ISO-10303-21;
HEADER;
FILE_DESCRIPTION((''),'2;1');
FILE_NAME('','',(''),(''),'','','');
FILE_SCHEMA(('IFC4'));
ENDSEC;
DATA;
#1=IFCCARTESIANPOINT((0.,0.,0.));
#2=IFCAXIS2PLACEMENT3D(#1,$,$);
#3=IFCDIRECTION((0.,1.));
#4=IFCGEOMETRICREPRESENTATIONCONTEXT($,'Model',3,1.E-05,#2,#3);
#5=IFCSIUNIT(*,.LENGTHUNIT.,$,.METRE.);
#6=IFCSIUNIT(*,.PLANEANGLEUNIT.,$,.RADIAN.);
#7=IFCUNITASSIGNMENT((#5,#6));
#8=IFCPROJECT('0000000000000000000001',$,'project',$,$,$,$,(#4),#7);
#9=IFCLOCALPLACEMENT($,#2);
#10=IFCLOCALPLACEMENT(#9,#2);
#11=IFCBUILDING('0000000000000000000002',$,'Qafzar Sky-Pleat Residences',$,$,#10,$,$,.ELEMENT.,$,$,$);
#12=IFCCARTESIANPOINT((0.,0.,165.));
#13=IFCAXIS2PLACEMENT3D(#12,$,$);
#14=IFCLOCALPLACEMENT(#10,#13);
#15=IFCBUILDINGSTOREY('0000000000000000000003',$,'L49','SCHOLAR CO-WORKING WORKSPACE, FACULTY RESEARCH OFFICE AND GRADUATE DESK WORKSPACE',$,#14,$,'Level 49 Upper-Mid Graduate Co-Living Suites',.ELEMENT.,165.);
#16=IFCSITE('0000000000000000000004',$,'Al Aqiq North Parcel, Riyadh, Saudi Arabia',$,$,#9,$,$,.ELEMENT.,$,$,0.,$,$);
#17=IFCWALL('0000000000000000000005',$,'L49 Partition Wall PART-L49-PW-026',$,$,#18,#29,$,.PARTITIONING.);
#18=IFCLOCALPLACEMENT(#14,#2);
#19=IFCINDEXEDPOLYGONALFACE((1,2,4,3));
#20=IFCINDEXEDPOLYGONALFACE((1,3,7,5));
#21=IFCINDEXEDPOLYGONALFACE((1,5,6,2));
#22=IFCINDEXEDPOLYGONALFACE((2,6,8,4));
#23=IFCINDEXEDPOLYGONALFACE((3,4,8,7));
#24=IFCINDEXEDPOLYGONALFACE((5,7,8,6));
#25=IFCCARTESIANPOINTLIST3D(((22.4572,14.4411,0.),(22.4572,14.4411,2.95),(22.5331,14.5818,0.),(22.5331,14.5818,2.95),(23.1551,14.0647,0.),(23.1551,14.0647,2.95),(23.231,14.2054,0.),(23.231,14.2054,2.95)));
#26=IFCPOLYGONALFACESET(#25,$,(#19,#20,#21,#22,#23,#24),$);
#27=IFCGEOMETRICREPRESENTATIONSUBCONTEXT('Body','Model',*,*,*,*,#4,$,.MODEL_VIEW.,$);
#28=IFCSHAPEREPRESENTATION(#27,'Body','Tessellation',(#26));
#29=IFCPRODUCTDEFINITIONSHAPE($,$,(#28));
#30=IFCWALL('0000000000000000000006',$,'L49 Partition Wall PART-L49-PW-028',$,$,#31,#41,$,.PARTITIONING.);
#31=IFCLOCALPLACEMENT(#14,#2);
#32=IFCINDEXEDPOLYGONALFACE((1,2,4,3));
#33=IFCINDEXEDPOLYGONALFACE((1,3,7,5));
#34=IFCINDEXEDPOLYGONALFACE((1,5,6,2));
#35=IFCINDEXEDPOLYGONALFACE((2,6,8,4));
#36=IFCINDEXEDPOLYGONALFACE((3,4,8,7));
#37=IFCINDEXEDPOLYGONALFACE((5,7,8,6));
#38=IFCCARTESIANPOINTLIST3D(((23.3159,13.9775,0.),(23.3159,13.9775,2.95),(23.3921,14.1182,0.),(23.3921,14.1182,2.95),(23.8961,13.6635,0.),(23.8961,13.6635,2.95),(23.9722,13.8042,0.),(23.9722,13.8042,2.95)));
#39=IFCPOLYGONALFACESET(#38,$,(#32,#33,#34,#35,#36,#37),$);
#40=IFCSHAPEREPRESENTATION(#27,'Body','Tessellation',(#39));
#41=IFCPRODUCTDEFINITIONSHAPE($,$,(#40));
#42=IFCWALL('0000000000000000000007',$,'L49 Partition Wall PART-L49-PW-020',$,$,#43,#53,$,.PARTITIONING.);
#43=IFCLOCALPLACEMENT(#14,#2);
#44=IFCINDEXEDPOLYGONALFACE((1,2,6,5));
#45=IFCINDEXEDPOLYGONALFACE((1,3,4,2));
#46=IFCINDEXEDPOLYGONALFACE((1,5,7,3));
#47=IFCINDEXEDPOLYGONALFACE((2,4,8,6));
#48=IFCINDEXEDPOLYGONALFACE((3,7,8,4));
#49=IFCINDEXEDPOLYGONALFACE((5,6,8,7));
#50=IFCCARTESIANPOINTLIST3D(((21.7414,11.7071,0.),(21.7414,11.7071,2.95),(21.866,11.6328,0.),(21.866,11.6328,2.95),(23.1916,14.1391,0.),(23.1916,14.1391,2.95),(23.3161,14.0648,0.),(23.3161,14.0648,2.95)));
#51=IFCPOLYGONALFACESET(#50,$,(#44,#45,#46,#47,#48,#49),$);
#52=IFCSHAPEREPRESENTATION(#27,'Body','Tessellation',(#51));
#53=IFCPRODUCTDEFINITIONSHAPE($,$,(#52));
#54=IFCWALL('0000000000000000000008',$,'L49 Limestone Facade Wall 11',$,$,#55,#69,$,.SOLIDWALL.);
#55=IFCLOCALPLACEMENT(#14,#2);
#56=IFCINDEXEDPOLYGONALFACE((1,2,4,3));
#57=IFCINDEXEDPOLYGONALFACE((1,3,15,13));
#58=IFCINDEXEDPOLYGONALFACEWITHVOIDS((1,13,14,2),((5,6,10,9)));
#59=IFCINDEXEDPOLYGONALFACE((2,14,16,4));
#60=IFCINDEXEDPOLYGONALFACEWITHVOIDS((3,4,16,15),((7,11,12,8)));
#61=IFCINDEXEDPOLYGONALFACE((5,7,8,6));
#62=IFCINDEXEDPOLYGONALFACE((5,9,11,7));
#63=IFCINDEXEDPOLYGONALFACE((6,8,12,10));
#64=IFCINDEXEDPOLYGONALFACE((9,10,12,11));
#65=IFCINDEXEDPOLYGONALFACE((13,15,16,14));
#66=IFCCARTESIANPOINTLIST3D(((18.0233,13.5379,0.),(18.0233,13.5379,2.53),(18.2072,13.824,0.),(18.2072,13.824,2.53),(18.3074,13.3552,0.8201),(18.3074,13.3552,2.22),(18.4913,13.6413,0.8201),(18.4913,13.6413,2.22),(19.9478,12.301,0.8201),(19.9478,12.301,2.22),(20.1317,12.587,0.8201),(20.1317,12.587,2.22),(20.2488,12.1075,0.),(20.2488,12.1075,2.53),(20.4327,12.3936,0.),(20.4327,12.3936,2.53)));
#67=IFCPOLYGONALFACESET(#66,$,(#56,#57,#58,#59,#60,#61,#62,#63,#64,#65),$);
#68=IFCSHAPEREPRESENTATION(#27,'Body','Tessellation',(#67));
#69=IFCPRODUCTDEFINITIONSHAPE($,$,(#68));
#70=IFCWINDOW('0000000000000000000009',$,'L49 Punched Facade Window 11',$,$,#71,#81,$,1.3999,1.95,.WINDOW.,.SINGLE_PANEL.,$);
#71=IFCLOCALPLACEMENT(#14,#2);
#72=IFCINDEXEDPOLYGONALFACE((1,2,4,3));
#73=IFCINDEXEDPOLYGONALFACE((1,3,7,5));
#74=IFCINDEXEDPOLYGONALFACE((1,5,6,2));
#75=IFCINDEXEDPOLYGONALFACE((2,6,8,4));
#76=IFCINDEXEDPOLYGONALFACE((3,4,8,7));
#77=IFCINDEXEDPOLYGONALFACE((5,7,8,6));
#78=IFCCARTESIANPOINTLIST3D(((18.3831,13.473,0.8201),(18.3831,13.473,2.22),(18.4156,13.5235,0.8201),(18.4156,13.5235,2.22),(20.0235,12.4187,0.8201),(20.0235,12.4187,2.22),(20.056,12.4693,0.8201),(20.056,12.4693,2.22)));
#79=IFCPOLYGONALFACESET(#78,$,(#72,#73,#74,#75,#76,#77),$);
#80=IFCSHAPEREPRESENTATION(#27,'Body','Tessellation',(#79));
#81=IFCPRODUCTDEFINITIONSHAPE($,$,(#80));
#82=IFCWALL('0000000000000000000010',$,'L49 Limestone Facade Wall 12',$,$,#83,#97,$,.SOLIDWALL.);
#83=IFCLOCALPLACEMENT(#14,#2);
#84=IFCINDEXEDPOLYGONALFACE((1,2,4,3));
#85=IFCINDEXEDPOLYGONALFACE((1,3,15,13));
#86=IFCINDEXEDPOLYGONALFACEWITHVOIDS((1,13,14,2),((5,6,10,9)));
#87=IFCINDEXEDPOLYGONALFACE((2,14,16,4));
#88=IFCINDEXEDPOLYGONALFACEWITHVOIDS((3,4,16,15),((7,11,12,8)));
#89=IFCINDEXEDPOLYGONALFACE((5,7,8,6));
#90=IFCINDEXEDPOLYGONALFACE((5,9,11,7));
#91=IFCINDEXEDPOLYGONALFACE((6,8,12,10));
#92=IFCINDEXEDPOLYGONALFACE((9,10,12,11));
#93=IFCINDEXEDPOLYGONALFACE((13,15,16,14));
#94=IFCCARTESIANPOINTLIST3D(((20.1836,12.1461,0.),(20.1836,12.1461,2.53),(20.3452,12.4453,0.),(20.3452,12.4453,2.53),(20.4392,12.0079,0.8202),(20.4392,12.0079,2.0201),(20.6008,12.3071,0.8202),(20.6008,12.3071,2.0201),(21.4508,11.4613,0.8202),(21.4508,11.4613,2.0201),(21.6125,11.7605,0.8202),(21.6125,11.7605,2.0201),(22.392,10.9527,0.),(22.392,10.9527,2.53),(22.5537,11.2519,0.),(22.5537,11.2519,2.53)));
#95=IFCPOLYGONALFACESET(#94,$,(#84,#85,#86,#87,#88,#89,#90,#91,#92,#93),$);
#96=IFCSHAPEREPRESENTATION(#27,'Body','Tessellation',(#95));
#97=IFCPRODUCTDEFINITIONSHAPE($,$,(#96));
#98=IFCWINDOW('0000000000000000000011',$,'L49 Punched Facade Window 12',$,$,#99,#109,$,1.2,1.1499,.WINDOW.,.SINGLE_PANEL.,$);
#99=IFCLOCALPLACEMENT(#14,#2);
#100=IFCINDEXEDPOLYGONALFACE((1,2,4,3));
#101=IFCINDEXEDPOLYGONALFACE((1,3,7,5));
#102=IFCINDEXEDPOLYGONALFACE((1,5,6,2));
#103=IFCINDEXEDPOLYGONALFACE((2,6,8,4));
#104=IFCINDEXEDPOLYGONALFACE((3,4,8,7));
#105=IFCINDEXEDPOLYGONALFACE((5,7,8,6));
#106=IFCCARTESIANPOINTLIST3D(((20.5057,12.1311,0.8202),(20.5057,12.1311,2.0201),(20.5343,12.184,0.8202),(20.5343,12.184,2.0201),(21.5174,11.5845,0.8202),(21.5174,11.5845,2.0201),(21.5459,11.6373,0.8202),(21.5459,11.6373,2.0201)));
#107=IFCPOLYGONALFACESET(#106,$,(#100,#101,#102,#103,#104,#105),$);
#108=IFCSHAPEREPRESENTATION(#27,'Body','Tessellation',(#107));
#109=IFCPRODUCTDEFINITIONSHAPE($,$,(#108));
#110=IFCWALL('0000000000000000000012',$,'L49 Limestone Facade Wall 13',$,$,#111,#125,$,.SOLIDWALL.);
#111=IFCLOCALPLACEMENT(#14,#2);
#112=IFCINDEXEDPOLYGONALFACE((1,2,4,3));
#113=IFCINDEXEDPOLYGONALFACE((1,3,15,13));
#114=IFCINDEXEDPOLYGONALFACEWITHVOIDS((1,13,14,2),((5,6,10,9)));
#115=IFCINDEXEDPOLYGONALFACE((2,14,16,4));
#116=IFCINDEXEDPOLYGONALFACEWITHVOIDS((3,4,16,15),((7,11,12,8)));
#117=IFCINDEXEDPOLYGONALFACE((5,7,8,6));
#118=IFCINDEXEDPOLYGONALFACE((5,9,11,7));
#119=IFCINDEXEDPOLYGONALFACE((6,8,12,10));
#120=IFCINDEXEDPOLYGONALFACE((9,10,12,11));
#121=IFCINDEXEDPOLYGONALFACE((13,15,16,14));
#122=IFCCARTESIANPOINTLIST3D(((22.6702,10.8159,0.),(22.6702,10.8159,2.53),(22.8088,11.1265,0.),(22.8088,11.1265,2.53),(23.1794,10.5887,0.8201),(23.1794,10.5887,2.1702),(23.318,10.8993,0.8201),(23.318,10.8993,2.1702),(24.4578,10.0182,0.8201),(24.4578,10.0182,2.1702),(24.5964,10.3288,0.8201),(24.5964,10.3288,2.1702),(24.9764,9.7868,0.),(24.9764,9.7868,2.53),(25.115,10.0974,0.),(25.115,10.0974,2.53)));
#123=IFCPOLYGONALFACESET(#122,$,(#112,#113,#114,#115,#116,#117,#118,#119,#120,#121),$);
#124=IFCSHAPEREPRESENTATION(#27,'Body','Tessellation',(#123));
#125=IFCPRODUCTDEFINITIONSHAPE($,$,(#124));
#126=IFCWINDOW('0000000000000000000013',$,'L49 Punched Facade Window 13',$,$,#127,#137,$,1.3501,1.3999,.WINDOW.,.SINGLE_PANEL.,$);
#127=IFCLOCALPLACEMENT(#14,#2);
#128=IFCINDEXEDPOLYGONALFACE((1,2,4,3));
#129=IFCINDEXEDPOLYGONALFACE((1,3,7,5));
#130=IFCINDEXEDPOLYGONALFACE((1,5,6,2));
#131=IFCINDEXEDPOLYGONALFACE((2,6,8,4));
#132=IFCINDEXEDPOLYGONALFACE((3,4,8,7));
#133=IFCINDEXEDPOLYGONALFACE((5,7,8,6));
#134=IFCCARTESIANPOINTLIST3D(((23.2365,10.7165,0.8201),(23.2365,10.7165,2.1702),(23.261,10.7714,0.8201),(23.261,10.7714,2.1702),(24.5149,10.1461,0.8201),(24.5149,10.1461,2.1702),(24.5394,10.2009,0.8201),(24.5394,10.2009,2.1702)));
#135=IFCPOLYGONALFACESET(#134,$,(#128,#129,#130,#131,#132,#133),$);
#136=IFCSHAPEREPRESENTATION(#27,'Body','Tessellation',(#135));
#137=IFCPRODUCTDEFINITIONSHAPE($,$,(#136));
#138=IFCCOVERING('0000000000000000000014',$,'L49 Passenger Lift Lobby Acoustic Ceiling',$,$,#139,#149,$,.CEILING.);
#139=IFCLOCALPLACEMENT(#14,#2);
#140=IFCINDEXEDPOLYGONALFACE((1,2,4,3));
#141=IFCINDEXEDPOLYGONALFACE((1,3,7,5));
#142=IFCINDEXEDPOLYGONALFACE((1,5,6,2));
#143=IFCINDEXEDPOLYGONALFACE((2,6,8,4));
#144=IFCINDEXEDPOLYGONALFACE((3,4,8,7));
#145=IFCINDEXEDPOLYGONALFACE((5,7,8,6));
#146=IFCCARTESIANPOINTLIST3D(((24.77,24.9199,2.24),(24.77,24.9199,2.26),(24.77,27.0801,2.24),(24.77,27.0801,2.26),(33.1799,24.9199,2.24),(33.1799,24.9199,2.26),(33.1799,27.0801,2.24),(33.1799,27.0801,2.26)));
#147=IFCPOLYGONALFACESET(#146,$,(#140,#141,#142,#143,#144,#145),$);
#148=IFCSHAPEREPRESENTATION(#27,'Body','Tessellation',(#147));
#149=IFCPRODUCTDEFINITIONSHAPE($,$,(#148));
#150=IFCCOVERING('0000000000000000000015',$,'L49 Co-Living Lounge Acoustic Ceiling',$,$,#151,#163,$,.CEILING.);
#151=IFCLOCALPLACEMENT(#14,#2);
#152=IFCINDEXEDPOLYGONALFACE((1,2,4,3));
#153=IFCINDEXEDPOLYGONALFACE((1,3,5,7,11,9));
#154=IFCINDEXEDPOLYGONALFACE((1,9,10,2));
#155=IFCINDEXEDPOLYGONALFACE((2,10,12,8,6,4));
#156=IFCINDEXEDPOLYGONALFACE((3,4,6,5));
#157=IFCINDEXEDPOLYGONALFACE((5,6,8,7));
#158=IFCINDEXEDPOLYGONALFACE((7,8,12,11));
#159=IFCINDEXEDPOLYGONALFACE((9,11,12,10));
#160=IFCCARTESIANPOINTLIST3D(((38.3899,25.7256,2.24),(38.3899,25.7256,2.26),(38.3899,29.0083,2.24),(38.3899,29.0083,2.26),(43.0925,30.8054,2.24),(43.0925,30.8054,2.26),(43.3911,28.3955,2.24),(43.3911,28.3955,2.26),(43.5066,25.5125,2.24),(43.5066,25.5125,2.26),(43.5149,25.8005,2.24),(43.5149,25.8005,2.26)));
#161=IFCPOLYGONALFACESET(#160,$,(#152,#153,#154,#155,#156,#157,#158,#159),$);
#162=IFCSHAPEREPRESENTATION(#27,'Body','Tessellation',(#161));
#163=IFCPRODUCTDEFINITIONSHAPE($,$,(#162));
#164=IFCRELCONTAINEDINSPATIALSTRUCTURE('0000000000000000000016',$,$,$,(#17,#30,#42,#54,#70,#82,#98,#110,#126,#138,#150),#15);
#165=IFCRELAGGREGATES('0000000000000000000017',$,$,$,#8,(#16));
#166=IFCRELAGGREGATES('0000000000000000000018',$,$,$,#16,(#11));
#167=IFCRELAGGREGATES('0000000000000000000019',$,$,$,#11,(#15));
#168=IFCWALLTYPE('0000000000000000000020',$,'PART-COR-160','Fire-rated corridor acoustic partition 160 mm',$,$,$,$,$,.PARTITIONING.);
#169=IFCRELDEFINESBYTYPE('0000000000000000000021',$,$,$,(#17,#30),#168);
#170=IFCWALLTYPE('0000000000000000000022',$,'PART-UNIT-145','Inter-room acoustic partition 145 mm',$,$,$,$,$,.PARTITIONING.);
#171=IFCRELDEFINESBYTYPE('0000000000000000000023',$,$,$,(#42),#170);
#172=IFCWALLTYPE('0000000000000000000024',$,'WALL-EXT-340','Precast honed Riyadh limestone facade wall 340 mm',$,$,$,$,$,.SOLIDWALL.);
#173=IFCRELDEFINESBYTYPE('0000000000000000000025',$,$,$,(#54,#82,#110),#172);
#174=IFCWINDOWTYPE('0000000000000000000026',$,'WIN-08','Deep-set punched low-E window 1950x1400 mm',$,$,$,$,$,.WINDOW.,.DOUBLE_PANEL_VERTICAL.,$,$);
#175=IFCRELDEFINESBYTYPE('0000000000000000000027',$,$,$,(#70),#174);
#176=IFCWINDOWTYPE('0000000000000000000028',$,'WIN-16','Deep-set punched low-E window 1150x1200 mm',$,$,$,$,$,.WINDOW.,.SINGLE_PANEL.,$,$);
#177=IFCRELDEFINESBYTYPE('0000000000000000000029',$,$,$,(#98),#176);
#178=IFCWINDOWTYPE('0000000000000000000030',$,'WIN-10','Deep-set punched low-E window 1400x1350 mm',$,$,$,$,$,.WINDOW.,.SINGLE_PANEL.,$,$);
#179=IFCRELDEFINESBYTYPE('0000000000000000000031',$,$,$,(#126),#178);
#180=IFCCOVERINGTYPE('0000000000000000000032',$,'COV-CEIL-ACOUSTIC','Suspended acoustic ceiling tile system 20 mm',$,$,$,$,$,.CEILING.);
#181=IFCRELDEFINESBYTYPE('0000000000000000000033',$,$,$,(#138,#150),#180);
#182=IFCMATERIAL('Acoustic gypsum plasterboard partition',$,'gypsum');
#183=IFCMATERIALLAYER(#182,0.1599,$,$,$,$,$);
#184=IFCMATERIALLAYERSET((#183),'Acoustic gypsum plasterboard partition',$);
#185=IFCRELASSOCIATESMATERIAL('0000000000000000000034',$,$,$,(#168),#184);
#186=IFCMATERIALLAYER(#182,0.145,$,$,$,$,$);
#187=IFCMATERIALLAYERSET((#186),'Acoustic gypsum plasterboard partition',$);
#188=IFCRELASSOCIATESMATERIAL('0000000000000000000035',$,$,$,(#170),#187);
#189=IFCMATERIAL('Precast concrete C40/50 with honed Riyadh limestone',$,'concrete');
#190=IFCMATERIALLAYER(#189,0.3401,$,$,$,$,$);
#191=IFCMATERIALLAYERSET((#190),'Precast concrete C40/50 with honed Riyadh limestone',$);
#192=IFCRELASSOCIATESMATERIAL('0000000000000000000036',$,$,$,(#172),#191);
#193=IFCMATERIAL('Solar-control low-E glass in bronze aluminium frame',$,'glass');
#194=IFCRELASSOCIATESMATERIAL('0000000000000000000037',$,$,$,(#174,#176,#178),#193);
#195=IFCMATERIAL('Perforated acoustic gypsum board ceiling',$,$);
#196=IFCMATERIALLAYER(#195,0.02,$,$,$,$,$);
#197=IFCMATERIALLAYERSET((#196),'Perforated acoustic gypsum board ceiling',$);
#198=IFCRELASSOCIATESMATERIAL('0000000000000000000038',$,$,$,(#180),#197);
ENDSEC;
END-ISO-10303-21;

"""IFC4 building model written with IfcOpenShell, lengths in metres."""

from ifc_helpers import new_model, si_unit, direction, frame, frame_2d, origin, place, context, subcontext, project, spatial, polyline, rectangle, outline, extrude, source, transform, mapped, material, layer, layer_set, type_object, element, fill, save


model = new_model("IFC4")

# Units and contexts
model_context = context("Model", 3, precision=1e-05, world=origin(), true_north=direction((0.0, 1.0)))
body_context = subcontext(model_context, "Body", "Model", "MODEL_VIEW")
ifc_project = project(units=[si_unit("LENGTHUNIT", "METRE"), si_unit("PLANEANGLEUNIT", "RADIAN")], contexts=[model_context])

# Site, building, storey
site_placement = place(None, origin())
site = spatial("IfcSite", under=ifc_project, at=site_placement, Name="Al Aqiq North Parcel, Riyadh, Saudi Arabia", CompositionType="ELEMENT", RefElevation=0.0)
building_placement = place(site_placement, origin())
building = spatial("IfcBuilding", under=site, at=building_placement, Name="Qafzar Sky-Pleat Residences", CompositionType="ELEMENT")
storey_placement = place(building_placement, frame((0.0, 0.0, 165.0)))
storey = spatial("IfcBuildingStorey", under=building, at=storey_placement, Name="L49", Description="SCHOLAR CO-WORKING WORKSPACE, FACULTY RESEARCH OFFICE AND GRADUATE DESK WORKSPACE", LongName="Level 49 Upper-Mid Graduate Co-Living Suites", CompositionType="ELEMENT", Elevation=165.0)

# Shared definitions
ifc_material_1 = material(Name="Acoustic gypsum plasterboard partition", Category="gypsum")
ifc_layer_1 = layer(ifc_material_1, 0.1599)
ifc_layer_set_1 = layer_set([ifc_layer_1], Name="Acoustic gypsum plasterboard partition")
wall_type_1 = type_object("IfcWallType", Name="PART-COR-160", Description="Fire-rated corridor acoustic partition 160 mm", PredefinedType="PARTITIONING", material=ifc_layer_set_1)

# Walls
wall_1_placement = place(storey_placement, frame((22.4951, 14.5115, 0.0), z_axis=(0.0, 0.0, 1.0), x_axis=(0.880145, -0.474706, 0.0)))
element("IfcWall", 1, at=wall_1_placement, inside=storey, type_object=wall_type_1, Name="L49 Partition Wall PART-L49-PW-026", PredefinedType="PARTITIONING", context=body_context, shape_type="SweptSolid", body=[
    extrude(rectangle(XDim=0.793, YDim=0.1599, at=frame_2d((0.3965, 0.0))), origin(), (0.0, 0.0, 1.0), 2.95),
])
wall_2_placement = place(storey_placement, frame((23.354, 14.0479, 0.0), z_axis=(0.0, 0.0, 1.0), x_axis=(0.879447, -0.475997, 0.0)))
element("IfcWall", 2, at=wall_2_placement, inside=storey, type_object=wall_type_1, Name="L49 Partition Wall PART-L49-PW-028", PredefinedType="PARTITIONING", context=body_context, shape_type="SweptSolid", body=[
    extrude(rectangle(XDim=0.6597, YDim=0.1599, at=frame_2d((0.3298, 0.0))), origin(), (0.0, 0.0, 1.0), 2.95),
])
ifc_layer_2 = layer(ifc_material_1, 0.145)
ifc_layer_set_2 = layer_set([ifc_layer_2], Name="Acoustic gypsum plasterboard partition")
wall_type_2 = type_object("IfcWallType", Name="PART-UNIT-145", Description="Inter-room acoustic partition 145 mm", PredefinedType="PARTITIONING", material=ifc_layer_set_2)
wall_3_placement = place(storey_placement, frame((21.8037, 11.6699, 0.0), z_axis=(0.0, 0.0, 1.0), x_axis=(0.512135, 0.858905, 0.0)))
element("IfcWall", 3, at=wall_3_placement, inside=storey, type_object=wall_type_2, Name="L49 Partition Wall PART-L49-PW-020", PredefinedType="PARTITIONING", context=body_context, shape_type="SweptSolid", body=[
    extrude(rectangle(XDim=2.8315, YDim=0.145, at=frame_2d((1.4158, 0.0))), origin(), (0.0, 0.0, 1.0), 2.95),
])

# Walls, openings, windows
ifc_material_2 = material(Name="Precast concrete C40/50 with honed Riyadh limestone", Category="concrete")
ifc_layer_3 = layer(ifc_material_2, 0.3401)
ifc_layer_set_3 = layer_set([ifc_layer_3], Name="Precast concrete C40/50 with honed Riyadh limestone")
wall_type_3 = type_object("IfcWallType", Name="WALL-EXT-340", Description="Precast honed Riyadh limestone facade wall 340 mm", PredefinedType="SOLIDWALL", material=ifc_layer_set_3)
wall_4_placement = place(storey_placement, frame((18.1152, 13.6809, 0.0), z_axis=(0.0, 0.0, 1.0), x_axis=(0.841232, -0.540674, 0.0)))
wall_4 = element("IfcWall", 4, at=wall_4_placement, inside=storey, type_object=wall_type_3, Name="L49 Limestone Facade Wall 11", PredefinedType="SOLIDWALL", context=body_context, shape_type="SweptSolid", body=[
    extrude(rectangle(XDim=2.6455, YDim=0.3401, at=frame_2d((1.3228, 0.0))), origin(), (0.0, 0.0, 1.0), 2.53),
])
opening_1_placement = place(wall_4_placement, frame((0.3376, 0.0, 0.8201)))
opening_1 = element("IfcOpeningElement", 5, at=opening_1_placement, cuts=wall_4, PredefinedType="OPENING", context=body_context, shape_type="SweptSolid", body=[
    extrude(rectangle(XDim=1.95, YDim=1.3999, at=frame_2d((0.9751, 0.7))), frame((0.0, 0.1802, 0.0), z_axis=(0.0, -1.0, 0.0), x_axis=(1.0, 0.0, 0.0)), (0.0, 0.0, 1.0), 0.3601),
])
ifc_material_3 = material(Name="Solar-control low-E glass in bronze aluminium frame", Category="glass")
window_type_1 = type_object("IfcWindowType", Name="WIN-08", Description="Deep-set punched low-E window 1950x1400 mm", PartitioningType="DOUBLE_PANEL_VERTICAL", PredefinedType="WINDOW", material=ifc_material_3)
shared_shape_1 = source(origin(), body_context, "Body", "SweptSolid", [
    extrude(rectangle(XDim=1.95, YDim=1.3999, at=frame_2d((0.9751, 0.7))), frame((0.0, 0.03, 0.0), z_axis=(0.0, -1.0, 0.0), x_axis=(1.0, 0.0, 0.0)), (0.0, 0.0, 1.0), 0.0601),
])
window_1_placement = place(opening_1_placement, origin())
window_1 = element("IfcWindow", 6, at=window_1_placement, inside=storey, type_object=window_type_1, Name="L49 Punched Facade Window 11", OverallHeight=1.3999, OverallWidth=1.95, PartitioningType="SINGLE_PANEL", PredefinedType="WINDOW", context=body_context, shape_type="MappedRepresentation", body=[
    mapped(shared_shape_1, transform((0.0, 0.0, 0.0), x_axis=(1.0, 0.0, 0.0), y_axis=(0.0, 1.0, 0.0), z_axis=(0.0, 0.0, 1.0), scale=1.0)),
])
fill(opening_1, window_1)
wall_5_placement = place(storey_placement, frame((20.2644, 12.2957, 0.0), z_axis=(0.0, 0.0, 1.0), x_axis=(0.879777, -0.475387, 0.0)))
wall_5 = element("IfcWall", 7, at=wall_5_placement, inside=storey, type_object=wall_type_3, Name="L49 Limestone Facade Wall 12", PredefinedType="SOLIDWALL", context=body_context, shape_type="SweptSolid", body=[
    extrude(rectangle(XDim=2.5103, YDim=0.3401, at=frame_2d((1.2551, 0.0))), origin(), (0.0, 0.0, 1.0), 2.53),
])
opening_2_placement = place(wall_5_placement, frame((0.2905, 0.0, 0.8201)))
opening_2 = element("IfcOpeningElement", 8, at=opening_2_placement, cuts=wall_5, PredefinedType="OPENING", context=body_context, shape_type="SweptSolid", body=[
    extrude(rectangle(XDim=1.1499, YDim=1.2, at=frame_2d((0.575, 0.6001))), frame((0.0, 0.1802, 0.0), z_axis=(0.0, -1.0, 0.0), x_axis=(1.0, 0.0, 0.0)), (0.0, 0.0, 1.0), 0.3601),
])
window_type_2 = type_object("IfcWindowType", Name="WIN-16", Description="Deep-set punched low-E window 1150x1200 mm", PartitioningType="SINGLE_PANEL", PredefinedType="WINDOW", material=ifc_material_3)
shared_shape_2 = source(origin(), body_context, "Body", "SweptSolid", [
    extrude(rectangle(XDim=1.1499, YDim=1.2, at=frame_2d((0.575, 0.6001))), frame((0.0, 0.03, 0.0), z_axis=(0.0, -1.0, 0.0), x_axis=(1.0, 0.0, 0.0)), (0.0, 0.0, 1.0), 0.0601),
])
window_2_placement = place(opening_2_placement, origin())
window_2 = element("IfcWindow", 9, at=window_2_placement, inside=storey, type_object=window_type_2, Name="L49 Punched Facade Window 12", OverallHeight=1.2, OverallWidth=1.1499, PartitioningType="SINGLE_PANEL", PredefinedType="WINDOW", context=body_context, shape_type="MappedRepresentation", body=[
    mapped(shared_shape_2, transform((0.0, 0.0, 0.0), x_axis=(1.0, 0.0, 0.0), y_axis=(0.0, 1.0, 0.0), z_axis=(0.0, 0.0, 1.0), scale=1.0)),
])
fill(opening_2, window_2)
wall_6_placement = place(storey_placement, frame((22.7395, 10.9712, 0.0), z_axis=(0.0, 0.0, 1.0), x_axis=(0.913209, -0.407492, 0.0)))
wall_6 = element("IfcWall", 10, at=wall_6_placement, inside=storey, type_object=wall_type_3, Name="L49 Limestone Facade Wall 13", PredefinedType="SOLIDWALL", context=body_context, shape_type="SweptSolid", body=[
    extrude(rectangle(XDim=2.5254, YDim=0.3401, at=frame_2d((1.2627, 0.0))), origin(), (0.0, 0.0, 1.0), 2.53),
])
opening_3_placement = place(wall_6_placement, frame((0.5576, 0.0, 0.8201)))
opening_3 = element("IfcOpeningElement", 11, at=opening_3_placement, cuts=wall_6, PredefinedType="OPENING", context=body_context, shape_type="SweptSolid", body=[
    extrude(rectangle(XDim=1.3999, YDim=1.3501, at=frame_2d((0.7, 0.675))), frame((0.0, 0.1802, 0.0), z_axis=(0.0, -1.0, 0.0), x_axis=(1.0, 0.0, 0.0)), (0.0, 0.0, 1.0), 0.3601),
])
window_type_3 = type_object("IfcWindowType", Name="WIN-10", Description="Deep-set punched low-E window 1400x1350 mm", PartitioningType="SINGLE_PANEL", PredefinedType="WINDOW", material=ifc_material_3)
shared_shape_3 = source(origin(), body_context, "Body", "SweptSolid", [
    extrude(rectangle(XDim=1.3999, YDim=1.3501, at=frame_2d((0.7, 0.675))), frame((0.0, 0.03, 0.0), z_axis=(0.0, -1.0, 0.0), x_axis=(1.0, 0.0, 0.0)), (0.0, 0.0, 1.0), 0.0601),
])
window_3_placement = place(opening_3_placement, origin())
window_3 = element("IfcWindow", 12, at=window_3_placement, inside=storey, type_object=window_type_3, Name="L49 Punched Facade Window 13", OverallHeight=1.3501, OverallWidth=1.3999, PartitioningType="SINGLE_PANEL", PredefinedType="WINDOW", context=body_context, shape_type="MappedRepresentation", body=[
    mapped(shared_shape_3, transform((0.0, 0.0, 0.0), x_axis=(1.0, 0.0, 0.0), y_axis=(0.0, 1.0, 0.0), z_axis=(0.0, 0.0, 1.0), scale=1.0)),
])
fill(opening_3, window_3)

# Coverings
ifc_material_4 = material(Name="Perforated acoustic gypsum board ceiling")
ifc_layer_4 = layer(ifc_material_4, 0.02)
ifc_layer_set_4 = layer_set([ifc_layer_4], Name="Perforated acoustic gypsum board ceiling")
covering_type_1 = type_object("IfcCoveringType", Name="COV-CEIL-ACOUSTIC", Description="Suspended acoustic ceiling tile system 20 mm", PredefinedType="CEILING", material=ifc_layer_set_4)
covering_1_placement = place(storey_placement, frame((0.0, 0.0, 2.24)))
element("IfcCovering", 13, at=covering_1_placement, inside=storey, type_object=covering_type_1, Name="L49 Passenger Lift Lobby Acoustic Ceiling", PredefinedType="CEILING", context=body_context, shape_type="SweptSolid", body=[
    extrude(outline(polyline([(33.1799, 24.9199), (24.77, 24.9199), (24.77, 27.0801), (33.1799, 27.0801), (33.1799, 24.9199)])), origin(), (0.0, 0.0, 1.0), 0.02),
])
covering_2_placement = place(storey_placement, frame((0.0, 0.0, 2.24)))
element("IfcCovering", 14, at=covering_2_placement, inside=storey, type_object=covering_type_1, Name="L49 Co-Living Lounge Acoustic Ceiling", PredefinedType="CEILING", context=body_context, shape_type="SweptSolid", body=[
    extrude(outline(polyline([(43.3911, 28.3955), (43.5149, 25.8005), (43.5066, 25.5125), (38.3899, 25.7256), (38.3899, 29.0083), (43.0925, 30.8054), (43.3911, 28.3955)])), origin(), (0.0, 0.0, 1.0), 0.02),
])

save(model, "model.ifc")
